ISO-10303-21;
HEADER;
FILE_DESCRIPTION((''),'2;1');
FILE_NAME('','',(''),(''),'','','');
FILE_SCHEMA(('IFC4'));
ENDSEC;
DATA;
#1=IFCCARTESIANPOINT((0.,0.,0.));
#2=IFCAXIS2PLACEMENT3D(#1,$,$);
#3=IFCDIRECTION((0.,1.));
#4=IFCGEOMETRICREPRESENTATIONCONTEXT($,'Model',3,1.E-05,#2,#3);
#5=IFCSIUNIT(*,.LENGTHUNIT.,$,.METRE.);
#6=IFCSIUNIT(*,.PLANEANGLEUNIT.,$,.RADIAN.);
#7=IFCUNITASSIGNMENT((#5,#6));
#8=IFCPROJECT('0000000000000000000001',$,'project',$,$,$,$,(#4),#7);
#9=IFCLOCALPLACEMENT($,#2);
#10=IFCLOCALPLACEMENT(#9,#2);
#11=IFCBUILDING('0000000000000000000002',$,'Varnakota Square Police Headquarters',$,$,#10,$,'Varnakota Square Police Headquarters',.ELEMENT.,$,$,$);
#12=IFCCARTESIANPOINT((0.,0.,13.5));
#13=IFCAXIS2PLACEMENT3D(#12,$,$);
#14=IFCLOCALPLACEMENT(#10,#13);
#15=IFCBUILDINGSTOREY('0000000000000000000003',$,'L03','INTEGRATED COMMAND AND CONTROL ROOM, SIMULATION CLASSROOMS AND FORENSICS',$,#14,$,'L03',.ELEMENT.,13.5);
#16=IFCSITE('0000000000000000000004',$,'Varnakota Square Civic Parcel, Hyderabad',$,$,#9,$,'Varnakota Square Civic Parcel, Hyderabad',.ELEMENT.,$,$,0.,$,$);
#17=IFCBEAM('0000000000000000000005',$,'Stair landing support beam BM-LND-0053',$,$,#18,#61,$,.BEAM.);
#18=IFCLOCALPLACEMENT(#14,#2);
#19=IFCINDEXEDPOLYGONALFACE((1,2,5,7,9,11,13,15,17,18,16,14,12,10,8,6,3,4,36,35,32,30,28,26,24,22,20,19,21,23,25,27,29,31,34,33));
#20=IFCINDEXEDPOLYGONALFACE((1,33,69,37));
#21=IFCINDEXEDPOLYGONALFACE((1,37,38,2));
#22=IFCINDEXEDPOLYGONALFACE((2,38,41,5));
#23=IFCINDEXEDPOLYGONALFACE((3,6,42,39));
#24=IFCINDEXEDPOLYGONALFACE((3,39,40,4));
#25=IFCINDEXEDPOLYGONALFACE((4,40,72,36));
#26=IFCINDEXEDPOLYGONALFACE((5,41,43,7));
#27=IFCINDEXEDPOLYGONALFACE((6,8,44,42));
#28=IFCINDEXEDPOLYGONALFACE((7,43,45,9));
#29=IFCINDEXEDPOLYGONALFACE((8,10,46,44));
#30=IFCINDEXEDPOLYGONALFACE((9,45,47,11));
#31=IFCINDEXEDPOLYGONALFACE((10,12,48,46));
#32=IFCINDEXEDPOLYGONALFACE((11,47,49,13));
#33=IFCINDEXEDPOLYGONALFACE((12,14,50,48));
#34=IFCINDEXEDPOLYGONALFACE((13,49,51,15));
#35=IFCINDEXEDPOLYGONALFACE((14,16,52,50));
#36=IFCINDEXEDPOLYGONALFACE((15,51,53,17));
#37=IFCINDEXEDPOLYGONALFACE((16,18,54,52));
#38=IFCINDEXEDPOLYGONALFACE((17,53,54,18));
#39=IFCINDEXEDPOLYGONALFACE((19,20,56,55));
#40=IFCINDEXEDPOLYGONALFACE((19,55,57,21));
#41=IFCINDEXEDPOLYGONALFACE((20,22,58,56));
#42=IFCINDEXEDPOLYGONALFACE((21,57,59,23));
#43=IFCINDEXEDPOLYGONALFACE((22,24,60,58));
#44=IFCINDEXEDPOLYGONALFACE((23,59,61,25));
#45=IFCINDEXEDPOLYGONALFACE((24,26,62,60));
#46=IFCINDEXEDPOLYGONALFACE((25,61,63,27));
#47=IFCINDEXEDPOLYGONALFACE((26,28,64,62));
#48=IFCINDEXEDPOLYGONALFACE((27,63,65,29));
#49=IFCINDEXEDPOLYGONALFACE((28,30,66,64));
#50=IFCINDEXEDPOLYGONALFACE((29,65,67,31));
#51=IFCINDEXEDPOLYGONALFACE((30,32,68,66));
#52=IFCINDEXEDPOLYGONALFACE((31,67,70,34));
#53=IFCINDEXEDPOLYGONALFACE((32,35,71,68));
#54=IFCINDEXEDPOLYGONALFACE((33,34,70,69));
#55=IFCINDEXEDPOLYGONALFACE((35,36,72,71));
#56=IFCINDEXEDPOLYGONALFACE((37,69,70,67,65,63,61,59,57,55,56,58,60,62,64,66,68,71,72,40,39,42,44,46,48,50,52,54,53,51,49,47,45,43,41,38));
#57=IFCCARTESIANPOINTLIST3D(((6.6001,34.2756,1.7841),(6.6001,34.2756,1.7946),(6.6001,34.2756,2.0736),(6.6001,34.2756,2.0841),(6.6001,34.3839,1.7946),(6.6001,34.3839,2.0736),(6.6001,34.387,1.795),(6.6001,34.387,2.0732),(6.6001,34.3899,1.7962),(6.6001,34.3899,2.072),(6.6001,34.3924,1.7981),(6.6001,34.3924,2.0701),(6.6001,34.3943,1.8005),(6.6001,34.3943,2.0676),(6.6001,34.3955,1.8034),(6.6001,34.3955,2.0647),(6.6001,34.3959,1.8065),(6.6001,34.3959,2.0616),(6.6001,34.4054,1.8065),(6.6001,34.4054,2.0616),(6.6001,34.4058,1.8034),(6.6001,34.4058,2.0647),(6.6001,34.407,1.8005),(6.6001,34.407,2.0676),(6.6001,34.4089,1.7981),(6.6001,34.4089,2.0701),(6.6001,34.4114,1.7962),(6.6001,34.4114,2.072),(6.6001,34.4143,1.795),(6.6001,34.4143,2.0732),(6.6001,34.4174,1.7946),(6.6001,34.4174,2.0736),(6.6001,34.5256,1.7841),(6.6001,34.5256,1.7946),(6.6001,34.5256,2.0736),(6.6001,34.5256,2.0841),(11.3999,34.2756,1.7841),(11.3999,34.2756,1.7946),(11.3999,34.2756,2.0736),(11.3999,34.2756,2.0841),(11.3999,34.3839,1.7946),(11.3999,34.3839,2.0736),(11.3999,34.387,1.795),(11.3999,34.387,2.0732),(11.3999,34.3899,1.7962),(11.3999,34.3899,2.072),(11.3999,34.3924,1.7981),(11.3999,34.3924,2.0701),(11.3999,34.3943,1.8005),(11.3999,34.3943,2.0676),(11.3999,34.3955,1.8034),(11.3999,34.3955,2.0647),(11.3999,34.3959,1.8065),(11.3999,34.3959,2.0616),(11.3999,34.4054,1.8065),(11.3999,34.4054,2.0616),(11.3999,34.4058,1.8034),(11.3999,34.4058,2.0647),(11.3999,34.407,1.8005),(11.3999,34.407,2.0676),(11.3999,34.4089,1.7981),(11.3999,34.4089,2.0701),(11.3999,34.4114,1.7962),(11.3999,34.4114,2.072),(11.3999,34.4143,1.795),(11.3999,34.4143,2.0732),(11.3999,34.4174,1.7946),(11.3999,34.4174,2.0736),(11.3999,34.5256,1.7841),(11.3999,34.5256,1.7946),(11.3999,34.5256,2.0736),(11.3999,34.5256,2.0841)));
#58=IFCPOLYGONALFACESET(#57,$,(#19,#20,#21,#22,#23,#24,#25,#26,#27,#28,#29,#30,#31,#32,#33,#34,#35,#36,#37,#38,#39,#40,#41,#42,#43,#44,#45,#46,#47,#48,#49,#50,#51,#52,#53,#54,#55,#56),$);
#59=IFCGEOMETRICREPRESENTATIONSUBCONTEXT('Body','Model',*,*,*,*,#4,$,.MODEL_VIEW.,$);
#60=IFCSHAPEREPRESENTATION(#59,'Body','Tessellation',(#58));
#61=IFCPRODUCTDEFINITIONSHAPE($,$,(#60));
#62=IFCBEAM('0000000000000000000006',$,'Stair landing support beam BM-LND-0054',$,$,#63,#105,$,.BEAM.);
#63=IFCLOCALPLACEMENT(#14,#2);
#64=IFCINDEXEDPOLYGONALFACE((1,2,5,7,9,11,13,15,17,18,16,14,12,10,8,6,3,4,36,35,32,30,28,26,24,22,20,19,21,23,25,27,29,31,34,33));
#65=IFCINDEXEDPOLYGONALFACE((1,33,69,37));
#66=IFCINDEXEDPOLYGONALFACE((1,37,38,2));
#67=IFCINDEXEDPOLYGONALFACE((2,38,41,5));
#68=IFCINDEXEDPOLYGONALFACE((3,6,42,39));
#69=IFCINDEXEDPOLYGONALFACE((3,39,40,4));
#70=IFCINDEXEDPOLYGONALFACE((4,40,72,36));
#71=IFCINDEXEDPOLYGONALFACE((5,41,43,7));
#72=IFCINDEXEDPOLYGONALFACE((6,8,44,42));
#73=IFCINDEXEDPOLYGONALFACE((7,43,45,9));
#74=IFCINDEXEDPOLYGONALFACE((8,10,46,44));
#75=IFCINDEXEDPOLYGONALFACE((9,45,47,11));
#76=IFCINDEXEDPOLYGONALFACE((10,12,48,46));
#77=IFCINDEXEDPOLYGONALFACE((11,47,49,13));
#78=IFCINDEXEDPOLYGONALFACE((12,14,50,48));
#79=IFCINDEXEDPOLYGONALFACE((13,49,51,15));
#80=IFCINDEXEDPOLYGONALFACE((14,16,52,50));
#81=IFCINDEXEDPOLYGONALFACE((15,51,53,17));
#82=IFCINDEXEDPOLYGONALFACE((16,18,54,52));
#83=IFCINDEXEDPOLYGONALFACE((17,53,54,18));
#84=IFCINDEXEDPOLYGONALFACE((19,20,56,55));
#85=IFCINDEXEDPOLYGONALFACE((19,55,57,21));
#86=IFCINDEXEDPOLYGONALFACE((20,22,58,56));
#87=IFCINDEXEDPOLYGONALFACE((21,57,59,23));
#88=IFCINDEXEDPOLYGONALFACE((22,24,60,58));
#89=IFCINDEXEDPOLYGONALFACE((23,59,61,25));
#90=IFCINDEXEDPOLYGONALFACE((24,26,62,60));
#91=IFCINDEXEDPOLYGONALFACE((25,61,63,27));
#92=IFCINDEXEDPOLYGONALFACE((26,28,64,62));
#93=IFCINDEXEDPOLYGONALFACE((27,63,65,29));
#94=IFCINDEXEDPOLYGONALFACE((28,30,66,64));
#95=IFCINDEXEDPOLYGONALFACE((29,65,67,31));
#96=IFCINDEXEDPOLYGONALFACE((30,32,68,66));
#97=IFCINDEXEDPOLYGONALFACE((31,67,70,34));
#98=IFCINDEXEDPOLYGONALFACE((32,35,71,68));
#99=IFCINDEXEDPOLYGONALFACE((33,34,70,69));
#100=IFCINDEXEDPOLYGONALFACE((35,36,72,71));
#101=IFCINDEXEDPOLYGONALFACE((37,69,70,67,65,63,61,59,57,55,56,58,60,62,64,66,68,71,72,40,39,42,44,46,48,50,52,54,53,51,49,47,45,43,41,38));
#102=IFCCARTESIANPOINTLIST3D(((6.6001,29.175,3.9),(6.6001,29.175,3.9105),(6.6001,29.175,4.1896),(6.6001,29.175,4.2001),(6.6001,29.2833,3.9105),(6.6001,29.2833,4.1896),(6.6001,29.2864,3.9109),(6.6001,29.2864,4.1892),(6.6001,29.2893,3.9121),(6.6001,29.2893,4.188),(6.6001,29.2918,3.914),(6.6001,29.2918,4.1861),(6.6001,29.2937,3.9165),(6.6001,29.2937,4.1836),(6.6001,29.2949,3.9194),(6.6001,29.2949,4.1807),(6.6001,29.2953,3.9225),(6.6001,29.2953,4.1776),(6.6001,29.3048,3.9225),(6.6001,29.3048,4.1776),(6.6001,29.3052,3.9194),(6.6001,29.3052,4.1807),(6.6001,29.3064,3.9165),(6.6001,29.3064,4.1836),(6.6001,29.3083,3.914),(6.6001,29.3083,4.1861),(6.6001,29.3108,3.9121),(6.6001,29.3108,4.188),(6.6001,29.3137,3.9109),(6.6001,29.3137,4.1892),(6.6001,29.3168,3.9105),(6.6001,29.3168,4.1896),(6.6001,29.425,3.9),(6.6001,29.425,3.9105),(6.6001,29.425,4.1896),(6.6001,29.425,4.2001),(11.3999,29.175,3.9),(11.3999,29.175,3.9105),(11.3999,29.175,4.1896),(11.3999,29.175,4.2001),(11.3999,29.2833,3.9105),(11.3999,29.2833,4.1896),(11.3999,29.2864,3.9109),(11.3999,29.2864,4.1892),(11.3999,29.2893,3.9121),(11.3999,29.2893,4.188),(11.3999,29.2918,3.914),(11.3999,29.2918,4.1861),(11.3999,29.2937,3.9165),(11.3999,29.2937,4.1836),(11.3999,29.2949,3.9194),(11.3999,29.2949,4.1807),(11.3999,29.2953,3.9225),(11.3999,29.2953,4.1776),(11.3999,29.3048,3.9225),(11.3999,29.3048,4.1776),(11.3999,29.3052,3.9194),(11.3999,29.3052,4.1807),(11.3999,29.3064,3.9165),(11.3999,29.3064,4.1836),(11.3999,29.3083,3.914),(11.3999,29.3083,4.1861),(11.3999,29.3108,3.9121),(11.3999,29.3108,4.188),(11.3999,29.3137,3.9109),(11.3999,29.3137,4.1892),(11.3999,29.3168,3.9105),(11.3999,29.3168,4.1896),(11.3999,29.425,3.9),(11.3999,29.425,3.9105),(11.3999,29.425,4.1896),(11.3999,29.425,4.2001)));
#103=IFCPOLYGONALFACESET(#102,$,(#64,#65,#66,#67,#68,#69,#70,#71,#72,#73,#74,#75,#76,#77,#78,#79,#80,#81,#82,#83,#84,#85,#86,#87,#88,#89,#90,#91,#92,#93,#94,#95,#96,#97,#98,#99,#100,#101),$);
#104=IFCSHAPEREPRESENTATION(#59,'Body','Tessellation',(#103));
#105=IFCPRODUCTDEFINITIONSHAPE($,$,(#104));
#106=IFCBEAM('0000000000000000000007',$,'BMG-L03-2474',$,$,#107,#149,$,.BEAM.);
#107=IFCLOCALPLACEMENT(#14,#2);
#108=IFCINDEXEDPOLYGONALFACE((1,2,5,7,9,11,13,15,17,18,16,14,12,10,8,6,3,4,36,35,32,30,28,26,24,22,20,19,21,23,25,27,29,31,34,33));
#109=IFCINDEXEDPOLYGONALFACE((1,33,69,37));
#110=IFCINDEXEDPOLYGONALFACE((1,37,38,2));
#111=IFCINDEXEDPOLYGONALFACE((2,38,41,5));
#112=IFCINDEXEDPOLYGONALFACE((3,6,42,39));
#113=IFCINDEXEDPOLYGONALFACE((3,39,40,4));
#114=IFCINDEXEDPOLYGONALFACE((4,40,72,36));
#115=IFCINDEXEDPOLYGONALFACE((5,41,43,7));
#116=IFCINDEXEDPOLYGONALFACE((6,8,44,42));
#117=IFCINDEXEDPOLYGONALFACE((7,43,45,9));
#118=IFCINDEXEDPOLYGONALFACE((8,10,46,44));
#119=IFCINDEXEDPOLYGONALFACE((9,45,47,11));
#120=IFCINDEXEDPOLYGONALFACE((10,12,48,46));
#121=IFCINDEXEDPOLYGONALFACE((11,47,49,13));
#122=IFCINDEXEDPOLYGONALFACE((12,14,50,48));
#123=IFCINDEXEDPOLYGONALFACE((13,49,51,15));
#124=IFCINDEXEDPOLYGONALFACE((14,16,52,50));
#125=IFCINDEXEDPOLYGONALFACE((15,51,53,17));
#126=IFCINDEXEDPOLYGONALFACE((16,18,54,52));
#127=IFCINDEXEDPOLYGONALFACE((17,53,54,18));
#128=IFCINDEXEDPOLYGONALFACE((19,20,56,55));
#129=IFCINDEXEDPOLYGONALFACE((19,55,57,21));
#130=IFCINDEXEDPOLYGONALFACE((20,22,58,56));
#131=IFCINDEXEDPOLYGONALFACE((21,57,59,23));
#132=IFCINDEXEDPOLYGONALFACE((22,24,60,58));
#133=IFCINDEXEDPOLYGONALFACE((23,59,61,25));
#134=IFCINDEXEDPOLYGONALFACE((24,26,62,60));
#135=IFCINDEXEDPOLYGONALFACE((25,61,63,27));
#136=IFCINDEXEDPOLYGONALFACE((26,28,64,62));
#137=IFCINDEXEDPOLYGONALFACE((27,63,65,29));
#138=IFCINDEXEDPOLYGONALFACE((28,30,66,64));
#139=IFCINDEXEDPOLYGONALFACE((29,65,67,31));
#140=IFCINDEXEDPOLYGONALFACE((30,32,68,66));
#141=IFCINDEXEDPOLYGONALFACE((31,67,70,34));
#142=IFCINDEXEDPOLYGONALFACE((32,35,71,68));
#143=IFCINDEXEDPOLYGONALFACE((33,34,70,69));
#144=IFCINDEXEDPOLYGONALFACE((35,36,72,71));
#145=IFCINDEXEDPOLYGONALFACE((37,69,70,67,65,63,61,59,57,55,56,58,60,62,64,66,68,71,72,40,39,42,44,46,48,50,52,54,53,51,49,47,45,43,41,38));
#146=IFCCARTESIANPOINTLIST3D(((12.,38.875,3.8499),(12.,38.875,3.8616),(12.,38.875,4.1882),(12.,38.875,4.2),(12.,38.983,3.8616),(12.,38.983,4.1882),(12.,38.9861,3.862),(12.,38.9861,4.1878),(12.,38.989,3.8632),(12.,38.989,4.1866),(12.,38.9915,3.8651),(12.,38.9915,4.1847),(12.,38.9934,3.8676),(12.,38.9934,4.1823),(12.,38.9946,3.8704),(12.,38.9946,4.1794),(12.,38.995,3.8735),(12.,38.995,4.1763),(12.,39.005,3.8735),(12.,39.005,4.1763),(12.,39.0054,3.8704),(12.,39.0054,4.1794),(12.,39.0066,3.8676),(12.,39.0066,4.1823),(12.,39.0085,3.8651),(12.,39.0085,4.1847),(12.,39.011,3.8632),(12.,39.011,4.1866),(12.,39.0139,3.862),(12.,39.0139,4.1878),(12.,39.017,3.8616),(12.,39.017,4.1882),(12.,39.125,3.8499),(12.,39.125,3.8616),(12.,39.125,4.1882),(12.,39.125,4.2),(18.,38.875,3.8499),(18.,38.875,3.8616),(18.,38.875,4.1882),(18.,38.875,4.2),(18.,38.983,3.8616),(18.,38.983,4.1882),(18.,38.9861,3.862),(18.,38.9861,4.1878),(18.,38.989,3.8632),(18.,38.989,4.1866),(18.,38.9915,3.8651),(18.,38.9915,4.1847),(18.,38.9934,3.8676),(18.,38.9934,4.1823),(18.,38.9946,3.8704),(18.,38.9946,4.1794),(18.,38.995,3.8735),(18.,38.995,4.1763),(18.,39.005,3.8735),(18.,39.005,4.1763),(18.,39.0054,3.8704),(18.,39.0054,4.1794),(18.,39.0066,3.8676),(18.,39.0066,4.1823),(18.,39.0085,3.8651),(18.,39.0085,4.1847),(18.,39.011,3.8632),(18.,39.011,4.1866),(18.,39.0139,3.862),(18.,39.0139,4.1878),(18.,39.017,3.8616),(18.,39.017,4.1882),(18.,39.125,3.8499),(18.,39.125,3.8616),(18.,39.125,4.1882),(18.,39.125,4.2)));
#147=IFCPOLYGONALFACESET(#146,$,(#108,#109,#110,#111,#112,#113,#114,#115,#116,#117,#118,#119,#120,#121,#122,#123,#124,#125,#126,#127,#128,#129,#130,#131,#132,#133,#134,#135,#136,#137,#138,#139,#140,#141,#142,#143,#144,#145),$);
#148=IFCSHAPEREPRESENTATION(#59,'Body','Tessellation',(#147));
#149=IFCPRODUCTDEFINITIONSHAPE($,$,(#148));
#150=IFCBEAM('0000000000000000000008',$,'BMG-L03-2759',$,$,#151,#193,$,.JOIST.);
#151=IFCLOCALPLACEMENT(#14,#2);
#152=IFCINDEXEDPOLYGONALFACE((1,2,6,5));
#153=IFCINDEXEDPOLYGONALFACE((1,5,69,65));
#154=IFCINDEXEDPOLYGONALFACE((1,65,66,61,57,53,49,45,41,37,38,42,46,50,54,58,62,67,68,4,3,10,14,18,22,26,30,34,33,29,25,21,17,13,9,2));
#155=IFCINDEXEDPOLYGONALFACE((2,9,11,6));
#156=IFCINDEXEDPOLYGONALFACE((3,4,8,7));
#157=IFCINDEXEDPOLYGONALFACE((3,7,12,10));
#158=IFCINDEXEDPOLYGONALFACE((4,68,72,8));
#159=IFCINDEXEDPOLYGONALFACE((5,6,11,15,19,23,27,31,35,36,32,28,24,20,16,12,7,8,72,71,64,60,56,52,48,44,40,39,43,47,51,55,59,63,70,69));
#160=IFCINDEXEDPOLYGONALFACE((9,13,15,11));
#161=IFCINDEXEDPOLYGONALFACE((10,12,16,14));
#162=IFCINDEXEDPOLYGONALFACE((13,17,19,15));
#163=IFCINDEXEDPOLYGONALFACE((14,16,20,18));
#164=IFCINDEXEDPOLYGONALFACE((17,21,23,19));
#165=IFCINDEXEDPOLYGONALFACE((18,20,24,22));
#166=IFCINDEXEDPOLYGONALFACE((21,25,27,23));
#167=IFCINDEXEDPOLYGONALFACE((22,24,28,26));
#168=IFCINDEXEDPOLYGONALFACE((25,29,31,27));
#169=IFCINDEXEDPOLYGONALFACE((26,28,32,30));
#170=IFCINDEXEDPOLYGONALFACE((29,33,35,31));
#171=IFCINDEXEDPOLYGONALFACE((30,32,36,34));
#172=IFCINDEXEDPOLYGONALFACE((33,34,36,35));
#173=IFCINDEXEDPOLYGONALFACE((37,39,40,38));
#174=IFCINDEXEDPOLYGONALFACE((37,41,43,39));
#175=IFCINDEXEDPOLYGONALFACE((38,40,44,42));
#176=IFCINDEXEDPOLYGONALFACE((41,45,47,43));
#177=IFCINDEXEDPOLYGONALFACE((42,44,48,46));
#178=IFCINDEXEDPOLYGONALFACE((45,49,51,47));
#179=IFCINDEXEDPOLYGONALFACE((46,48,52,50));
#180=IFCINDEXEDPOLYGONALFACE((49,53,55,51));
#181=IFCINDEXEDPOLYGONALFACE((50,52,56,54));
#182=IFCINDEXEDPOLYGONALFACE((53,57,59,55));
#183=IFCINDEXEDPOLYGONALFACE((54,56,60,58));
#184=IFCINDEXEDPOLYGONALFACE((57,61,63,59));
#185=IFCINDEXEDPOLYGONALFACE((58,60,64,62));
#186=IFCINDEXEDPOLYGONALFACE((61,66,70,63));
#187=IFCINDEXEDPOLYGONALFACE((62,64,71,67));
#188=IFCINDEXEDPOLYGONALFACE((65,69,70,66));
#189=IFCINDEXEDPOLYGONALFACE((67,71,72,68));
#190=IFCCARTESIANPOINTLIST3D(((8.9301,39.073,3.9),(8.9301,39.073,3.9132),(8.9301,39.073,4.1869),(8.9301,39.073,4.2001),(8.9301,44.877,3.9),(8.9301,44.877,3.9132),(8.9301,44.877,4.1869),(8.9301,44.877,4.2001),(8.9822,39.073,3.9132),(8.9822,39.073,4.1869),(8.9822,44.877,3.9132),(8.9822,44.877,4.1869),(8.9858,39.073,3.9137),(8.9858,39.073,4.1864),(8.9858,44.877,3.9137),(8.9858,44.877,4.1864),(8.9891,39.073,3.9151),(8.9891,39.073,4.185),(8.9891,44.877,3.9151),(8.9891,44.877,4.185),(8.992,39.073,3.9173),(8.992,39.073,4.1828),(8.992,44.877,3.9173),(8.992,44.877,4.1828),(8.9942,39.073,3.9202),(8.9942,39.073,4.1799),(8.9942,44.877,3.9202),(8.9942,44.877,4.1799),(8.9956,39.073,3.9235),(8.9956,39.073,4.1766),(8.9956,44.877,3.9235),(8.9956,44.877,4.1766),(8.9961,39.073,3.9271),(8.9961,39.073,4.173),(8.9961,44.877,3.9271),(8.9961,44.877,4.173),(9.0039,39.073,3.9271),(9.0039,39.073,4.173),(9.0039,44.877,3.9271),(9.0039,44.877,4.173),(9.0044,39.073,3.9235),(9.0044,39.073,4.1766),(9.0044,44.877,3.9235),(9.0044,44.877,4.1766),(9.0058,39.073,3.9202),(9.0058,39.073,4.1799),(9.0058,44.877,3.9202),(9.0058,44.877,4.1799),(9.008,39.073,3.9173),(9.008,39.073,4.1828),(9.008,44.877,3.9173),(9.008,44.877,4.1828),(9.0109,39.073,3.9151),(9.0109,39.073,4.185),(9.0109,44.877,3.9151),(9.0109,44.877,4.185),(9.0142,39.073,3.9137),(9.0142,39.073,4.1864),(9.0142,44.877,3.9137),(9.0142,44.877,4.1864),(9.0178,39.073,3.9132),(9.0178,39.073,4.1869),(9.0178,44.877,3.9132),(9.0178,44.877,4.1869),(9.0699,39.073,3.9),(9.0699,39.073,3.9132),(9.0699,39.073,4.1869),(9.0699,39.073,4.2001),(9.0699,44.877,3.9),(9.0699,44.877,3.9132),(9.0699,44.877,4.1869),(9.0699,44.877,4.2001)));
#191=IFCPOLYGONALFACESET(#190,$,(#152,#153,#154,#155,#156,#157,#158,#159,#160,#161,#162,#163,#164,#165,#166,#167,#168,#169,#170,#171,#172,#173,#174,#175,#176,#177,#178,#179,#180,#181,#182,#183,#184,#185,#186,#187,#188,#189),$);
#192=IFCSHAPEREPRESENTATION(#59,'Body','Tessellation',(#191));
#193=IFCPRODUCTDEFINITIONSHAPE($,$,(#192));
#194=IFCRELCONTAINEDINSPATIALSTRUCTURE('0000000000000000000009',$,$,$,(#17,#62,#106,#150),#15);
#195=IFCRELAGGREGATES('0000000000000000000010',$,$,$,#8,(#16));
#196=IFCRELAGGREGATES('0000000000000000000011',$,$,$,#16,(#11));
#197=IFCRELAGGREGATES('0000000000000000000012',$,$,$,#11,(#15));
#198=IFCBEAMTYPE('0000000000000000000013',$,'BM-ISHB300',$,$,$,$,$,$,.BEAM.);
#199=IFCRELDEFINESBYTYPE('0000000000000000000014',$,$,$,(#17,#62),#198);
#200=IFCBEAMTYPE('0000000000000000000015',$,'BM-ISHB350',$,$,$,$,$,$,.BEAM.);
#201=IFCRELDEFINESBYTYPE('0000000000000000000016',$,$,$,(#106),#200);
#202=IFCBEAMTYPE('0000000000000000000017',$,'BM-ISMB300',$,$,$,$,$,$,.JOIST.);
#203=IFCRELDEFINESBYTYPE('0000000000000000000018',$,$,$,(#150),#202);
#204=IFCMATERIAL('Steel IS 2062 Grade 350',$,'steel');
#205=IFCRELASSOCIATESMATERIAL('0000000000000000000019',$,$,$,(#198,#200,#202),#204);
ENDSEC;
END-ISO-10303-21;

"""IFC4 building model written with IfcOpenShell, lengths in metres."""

from ifc_helpers import new_model, si_unit, direction, frame, origin, origin_2d, place, context, subcontext, project, spatial, i_section, extrude, material, material_profile, profile_set, type_object, element, save


model = new_model("IFC4")

# Units and contexts
model_context = context("Model", 3, precision=1e-05, world=origin(), true_north=direction((0.0, 1.0)))
body_context = subcontext(model_context, "Body", "Model", "MODEL_VIEW")
ifc_project = project(units=[si_unit("LENGTHUNIT", "METRE"), si_unit("PLANEANGLEUNIT", "RADIAN")], contexts=[model_context])

# Site, building, storey
site_placement = place(None, origin())
site = spatial("IfcSite", under=ifc_project, at=site_placement, Name="Varnakota Square Civic Parcel, Hyderabad", LongName="Varnakota Square Civic Parcel, Hyderabad", CompositionType="ELEMENT", RefElevation=0.0)
building_placement = place(site_placement, origin())
building = spatial("IfcBuilding", under=site, at=building_placement, Name="Varnakota Square Police Headquarters", LongName="Varnakota Square Police Headquarters", CompositionType="ELEMENT")
storey_placement = place(building_placement, frame((0.0, 0.0, 13.5)))
storey = spatial("IfcBuildingStorey", under=building, at=storey_placement, Name="L03", Description="INTEGRATED COMMAND AND CONTROL ROOM, SIMULATION CLASSROOMS AND FORENSICS", LongName="L03", CompositionType="ELEMENT", Elevation=13.5)

# Shared definitions
ifc_material_1 = material(Name="Steel IS 2062 Grade 350", Category="steel")

# Beams
ifc_material_profile_1 = material_profile(ifc_material_1, i_section(OverallWidth=0.25, OverallDepth=0.3, WebThickness=0.0095, FlangeThickness=0.0105, FilletRadius=0.012, at=origin_2d()), Name="ISHB 300")
ifc_profile_set_1 = profile_set([ifc_material_profile_1], Name="Steel IS 2062 Grade 350")
beam_type_1 = type_object("IfcBeamType", Name="BM-ISHB300", PredefinedType="BEAM", material=ifc_profile_set_1)
for number, where, z_axis, x_axis, name in (
    (1, (6.6001, 34.4006, 1.9341), (1.0, 0.0, 0.0), (0.0, 1.0, 0.0), "Stair landing support beam BM-LND-0053"),
    (2, (6.6001, 29.3, 4.05), (1.0, 0.0, 0.0), (0.0, 1.0, 0.0), "Stair landing support beam BM-LND-0054"),
):
    element("IfcBeam", number, at=place(storey_placement, frame(where, z_axis=z_axis, x_axis=x_axis)), inside=storey, type_object=beam_type_1, Name=name, PredefinedType="BEAM", context=body_context, shape_type="SweptSolid", body=[
        extrude(i_section(OverallWidth=0.25, OverallDepth=0.3, WebThickness=0.0095, FlangeThickness=0.0105, FilletRadius=0.012, at=origin_2d()), origin(), (0.0, 0.0, 1.0), 4.7998),
    ])
ifc_material_profile_2 = material_profile(ifc_material_1, i_section(OverallWidth=0.25, OverallDepth=0.3501, WebThickness=0.01, FlangeThickness=0.0117, FilletRadius=0.012, at=origin_2d()), Name="ISHB 350")
ifc_profile_set_2 = profile_set([ifc_material_profile_2], Name="Steel IS 2062 Grade 350")
beam_type_2 = type_object("IfcBeamType", Name="BM-ISHB350", PredefinedType="BEAM", material=ifc_profile_set_2)
beam_1_placement = place(storey_placement, frame((12.0, 39.0, 4.0249), z_axis=(1.0, 0.0, 0.0), x_axis=(0.0, 1.0, 0.0)))
element("IfcBeam", 3, at=beam_1_placement, inside=storey, type_object=beam_type_2, Name="BMG-L03-2474", PredefinedType="BEAM", context=body_context, shape_type="SweptSolid", body=[
    extrude(i_section(OverallWidth=0.25, OverallDepth=0.3501, WebThickness=0.01, FlangeThickness=0.0117, FilletRadius=0.012, at=origin_2d()), origin(), (0.0, 0.0, 1.0), 6.0),
])
ifc_material_profile_3 = material_profile(ifc_material_1, i_section(OverallWidth=0.1399, OverallDepth=0.3, WebThickness=0.0078, FlangeThickness=0.0132, FilletRadius=0.0139, at=origin_2d()), Name="ISMB 300")
ifc_profile_set_3 = profile_set([ifc_material_profile_3], Name="Steel IS 2062 Grade 350")
beam_type_3 = type_object("IfcBeamType", Name="BM-ISMB300", PredefinedType="JOIST", material=ifc_profile_set_3)
beam_2_placement = place(storey_placement, frame((9.0, 39.073, 4.05), z_axis=(0.0, 1.0, 0.0), x_axis=(-1.0, 0.0, 0.0)))
element("IfcBeam", 4, at=beam_2_placement, inside=storey, type_object=beam_type_3, Name="BMG-L03-2759", PredefinedType="JOIST", context=body_context, shape_type="SweptSolid", body=[
    extrude(i_section(OverallWidth=0.1399, OverallDepth=0.3, WebThickness=0.0078, FlangeThickness=0.0132, FilletRadius=0.0139, at=origin_2d()), origin(), (0.0, 0.0, 1.0), 5.804),
])

save(model, "model.ifc")
